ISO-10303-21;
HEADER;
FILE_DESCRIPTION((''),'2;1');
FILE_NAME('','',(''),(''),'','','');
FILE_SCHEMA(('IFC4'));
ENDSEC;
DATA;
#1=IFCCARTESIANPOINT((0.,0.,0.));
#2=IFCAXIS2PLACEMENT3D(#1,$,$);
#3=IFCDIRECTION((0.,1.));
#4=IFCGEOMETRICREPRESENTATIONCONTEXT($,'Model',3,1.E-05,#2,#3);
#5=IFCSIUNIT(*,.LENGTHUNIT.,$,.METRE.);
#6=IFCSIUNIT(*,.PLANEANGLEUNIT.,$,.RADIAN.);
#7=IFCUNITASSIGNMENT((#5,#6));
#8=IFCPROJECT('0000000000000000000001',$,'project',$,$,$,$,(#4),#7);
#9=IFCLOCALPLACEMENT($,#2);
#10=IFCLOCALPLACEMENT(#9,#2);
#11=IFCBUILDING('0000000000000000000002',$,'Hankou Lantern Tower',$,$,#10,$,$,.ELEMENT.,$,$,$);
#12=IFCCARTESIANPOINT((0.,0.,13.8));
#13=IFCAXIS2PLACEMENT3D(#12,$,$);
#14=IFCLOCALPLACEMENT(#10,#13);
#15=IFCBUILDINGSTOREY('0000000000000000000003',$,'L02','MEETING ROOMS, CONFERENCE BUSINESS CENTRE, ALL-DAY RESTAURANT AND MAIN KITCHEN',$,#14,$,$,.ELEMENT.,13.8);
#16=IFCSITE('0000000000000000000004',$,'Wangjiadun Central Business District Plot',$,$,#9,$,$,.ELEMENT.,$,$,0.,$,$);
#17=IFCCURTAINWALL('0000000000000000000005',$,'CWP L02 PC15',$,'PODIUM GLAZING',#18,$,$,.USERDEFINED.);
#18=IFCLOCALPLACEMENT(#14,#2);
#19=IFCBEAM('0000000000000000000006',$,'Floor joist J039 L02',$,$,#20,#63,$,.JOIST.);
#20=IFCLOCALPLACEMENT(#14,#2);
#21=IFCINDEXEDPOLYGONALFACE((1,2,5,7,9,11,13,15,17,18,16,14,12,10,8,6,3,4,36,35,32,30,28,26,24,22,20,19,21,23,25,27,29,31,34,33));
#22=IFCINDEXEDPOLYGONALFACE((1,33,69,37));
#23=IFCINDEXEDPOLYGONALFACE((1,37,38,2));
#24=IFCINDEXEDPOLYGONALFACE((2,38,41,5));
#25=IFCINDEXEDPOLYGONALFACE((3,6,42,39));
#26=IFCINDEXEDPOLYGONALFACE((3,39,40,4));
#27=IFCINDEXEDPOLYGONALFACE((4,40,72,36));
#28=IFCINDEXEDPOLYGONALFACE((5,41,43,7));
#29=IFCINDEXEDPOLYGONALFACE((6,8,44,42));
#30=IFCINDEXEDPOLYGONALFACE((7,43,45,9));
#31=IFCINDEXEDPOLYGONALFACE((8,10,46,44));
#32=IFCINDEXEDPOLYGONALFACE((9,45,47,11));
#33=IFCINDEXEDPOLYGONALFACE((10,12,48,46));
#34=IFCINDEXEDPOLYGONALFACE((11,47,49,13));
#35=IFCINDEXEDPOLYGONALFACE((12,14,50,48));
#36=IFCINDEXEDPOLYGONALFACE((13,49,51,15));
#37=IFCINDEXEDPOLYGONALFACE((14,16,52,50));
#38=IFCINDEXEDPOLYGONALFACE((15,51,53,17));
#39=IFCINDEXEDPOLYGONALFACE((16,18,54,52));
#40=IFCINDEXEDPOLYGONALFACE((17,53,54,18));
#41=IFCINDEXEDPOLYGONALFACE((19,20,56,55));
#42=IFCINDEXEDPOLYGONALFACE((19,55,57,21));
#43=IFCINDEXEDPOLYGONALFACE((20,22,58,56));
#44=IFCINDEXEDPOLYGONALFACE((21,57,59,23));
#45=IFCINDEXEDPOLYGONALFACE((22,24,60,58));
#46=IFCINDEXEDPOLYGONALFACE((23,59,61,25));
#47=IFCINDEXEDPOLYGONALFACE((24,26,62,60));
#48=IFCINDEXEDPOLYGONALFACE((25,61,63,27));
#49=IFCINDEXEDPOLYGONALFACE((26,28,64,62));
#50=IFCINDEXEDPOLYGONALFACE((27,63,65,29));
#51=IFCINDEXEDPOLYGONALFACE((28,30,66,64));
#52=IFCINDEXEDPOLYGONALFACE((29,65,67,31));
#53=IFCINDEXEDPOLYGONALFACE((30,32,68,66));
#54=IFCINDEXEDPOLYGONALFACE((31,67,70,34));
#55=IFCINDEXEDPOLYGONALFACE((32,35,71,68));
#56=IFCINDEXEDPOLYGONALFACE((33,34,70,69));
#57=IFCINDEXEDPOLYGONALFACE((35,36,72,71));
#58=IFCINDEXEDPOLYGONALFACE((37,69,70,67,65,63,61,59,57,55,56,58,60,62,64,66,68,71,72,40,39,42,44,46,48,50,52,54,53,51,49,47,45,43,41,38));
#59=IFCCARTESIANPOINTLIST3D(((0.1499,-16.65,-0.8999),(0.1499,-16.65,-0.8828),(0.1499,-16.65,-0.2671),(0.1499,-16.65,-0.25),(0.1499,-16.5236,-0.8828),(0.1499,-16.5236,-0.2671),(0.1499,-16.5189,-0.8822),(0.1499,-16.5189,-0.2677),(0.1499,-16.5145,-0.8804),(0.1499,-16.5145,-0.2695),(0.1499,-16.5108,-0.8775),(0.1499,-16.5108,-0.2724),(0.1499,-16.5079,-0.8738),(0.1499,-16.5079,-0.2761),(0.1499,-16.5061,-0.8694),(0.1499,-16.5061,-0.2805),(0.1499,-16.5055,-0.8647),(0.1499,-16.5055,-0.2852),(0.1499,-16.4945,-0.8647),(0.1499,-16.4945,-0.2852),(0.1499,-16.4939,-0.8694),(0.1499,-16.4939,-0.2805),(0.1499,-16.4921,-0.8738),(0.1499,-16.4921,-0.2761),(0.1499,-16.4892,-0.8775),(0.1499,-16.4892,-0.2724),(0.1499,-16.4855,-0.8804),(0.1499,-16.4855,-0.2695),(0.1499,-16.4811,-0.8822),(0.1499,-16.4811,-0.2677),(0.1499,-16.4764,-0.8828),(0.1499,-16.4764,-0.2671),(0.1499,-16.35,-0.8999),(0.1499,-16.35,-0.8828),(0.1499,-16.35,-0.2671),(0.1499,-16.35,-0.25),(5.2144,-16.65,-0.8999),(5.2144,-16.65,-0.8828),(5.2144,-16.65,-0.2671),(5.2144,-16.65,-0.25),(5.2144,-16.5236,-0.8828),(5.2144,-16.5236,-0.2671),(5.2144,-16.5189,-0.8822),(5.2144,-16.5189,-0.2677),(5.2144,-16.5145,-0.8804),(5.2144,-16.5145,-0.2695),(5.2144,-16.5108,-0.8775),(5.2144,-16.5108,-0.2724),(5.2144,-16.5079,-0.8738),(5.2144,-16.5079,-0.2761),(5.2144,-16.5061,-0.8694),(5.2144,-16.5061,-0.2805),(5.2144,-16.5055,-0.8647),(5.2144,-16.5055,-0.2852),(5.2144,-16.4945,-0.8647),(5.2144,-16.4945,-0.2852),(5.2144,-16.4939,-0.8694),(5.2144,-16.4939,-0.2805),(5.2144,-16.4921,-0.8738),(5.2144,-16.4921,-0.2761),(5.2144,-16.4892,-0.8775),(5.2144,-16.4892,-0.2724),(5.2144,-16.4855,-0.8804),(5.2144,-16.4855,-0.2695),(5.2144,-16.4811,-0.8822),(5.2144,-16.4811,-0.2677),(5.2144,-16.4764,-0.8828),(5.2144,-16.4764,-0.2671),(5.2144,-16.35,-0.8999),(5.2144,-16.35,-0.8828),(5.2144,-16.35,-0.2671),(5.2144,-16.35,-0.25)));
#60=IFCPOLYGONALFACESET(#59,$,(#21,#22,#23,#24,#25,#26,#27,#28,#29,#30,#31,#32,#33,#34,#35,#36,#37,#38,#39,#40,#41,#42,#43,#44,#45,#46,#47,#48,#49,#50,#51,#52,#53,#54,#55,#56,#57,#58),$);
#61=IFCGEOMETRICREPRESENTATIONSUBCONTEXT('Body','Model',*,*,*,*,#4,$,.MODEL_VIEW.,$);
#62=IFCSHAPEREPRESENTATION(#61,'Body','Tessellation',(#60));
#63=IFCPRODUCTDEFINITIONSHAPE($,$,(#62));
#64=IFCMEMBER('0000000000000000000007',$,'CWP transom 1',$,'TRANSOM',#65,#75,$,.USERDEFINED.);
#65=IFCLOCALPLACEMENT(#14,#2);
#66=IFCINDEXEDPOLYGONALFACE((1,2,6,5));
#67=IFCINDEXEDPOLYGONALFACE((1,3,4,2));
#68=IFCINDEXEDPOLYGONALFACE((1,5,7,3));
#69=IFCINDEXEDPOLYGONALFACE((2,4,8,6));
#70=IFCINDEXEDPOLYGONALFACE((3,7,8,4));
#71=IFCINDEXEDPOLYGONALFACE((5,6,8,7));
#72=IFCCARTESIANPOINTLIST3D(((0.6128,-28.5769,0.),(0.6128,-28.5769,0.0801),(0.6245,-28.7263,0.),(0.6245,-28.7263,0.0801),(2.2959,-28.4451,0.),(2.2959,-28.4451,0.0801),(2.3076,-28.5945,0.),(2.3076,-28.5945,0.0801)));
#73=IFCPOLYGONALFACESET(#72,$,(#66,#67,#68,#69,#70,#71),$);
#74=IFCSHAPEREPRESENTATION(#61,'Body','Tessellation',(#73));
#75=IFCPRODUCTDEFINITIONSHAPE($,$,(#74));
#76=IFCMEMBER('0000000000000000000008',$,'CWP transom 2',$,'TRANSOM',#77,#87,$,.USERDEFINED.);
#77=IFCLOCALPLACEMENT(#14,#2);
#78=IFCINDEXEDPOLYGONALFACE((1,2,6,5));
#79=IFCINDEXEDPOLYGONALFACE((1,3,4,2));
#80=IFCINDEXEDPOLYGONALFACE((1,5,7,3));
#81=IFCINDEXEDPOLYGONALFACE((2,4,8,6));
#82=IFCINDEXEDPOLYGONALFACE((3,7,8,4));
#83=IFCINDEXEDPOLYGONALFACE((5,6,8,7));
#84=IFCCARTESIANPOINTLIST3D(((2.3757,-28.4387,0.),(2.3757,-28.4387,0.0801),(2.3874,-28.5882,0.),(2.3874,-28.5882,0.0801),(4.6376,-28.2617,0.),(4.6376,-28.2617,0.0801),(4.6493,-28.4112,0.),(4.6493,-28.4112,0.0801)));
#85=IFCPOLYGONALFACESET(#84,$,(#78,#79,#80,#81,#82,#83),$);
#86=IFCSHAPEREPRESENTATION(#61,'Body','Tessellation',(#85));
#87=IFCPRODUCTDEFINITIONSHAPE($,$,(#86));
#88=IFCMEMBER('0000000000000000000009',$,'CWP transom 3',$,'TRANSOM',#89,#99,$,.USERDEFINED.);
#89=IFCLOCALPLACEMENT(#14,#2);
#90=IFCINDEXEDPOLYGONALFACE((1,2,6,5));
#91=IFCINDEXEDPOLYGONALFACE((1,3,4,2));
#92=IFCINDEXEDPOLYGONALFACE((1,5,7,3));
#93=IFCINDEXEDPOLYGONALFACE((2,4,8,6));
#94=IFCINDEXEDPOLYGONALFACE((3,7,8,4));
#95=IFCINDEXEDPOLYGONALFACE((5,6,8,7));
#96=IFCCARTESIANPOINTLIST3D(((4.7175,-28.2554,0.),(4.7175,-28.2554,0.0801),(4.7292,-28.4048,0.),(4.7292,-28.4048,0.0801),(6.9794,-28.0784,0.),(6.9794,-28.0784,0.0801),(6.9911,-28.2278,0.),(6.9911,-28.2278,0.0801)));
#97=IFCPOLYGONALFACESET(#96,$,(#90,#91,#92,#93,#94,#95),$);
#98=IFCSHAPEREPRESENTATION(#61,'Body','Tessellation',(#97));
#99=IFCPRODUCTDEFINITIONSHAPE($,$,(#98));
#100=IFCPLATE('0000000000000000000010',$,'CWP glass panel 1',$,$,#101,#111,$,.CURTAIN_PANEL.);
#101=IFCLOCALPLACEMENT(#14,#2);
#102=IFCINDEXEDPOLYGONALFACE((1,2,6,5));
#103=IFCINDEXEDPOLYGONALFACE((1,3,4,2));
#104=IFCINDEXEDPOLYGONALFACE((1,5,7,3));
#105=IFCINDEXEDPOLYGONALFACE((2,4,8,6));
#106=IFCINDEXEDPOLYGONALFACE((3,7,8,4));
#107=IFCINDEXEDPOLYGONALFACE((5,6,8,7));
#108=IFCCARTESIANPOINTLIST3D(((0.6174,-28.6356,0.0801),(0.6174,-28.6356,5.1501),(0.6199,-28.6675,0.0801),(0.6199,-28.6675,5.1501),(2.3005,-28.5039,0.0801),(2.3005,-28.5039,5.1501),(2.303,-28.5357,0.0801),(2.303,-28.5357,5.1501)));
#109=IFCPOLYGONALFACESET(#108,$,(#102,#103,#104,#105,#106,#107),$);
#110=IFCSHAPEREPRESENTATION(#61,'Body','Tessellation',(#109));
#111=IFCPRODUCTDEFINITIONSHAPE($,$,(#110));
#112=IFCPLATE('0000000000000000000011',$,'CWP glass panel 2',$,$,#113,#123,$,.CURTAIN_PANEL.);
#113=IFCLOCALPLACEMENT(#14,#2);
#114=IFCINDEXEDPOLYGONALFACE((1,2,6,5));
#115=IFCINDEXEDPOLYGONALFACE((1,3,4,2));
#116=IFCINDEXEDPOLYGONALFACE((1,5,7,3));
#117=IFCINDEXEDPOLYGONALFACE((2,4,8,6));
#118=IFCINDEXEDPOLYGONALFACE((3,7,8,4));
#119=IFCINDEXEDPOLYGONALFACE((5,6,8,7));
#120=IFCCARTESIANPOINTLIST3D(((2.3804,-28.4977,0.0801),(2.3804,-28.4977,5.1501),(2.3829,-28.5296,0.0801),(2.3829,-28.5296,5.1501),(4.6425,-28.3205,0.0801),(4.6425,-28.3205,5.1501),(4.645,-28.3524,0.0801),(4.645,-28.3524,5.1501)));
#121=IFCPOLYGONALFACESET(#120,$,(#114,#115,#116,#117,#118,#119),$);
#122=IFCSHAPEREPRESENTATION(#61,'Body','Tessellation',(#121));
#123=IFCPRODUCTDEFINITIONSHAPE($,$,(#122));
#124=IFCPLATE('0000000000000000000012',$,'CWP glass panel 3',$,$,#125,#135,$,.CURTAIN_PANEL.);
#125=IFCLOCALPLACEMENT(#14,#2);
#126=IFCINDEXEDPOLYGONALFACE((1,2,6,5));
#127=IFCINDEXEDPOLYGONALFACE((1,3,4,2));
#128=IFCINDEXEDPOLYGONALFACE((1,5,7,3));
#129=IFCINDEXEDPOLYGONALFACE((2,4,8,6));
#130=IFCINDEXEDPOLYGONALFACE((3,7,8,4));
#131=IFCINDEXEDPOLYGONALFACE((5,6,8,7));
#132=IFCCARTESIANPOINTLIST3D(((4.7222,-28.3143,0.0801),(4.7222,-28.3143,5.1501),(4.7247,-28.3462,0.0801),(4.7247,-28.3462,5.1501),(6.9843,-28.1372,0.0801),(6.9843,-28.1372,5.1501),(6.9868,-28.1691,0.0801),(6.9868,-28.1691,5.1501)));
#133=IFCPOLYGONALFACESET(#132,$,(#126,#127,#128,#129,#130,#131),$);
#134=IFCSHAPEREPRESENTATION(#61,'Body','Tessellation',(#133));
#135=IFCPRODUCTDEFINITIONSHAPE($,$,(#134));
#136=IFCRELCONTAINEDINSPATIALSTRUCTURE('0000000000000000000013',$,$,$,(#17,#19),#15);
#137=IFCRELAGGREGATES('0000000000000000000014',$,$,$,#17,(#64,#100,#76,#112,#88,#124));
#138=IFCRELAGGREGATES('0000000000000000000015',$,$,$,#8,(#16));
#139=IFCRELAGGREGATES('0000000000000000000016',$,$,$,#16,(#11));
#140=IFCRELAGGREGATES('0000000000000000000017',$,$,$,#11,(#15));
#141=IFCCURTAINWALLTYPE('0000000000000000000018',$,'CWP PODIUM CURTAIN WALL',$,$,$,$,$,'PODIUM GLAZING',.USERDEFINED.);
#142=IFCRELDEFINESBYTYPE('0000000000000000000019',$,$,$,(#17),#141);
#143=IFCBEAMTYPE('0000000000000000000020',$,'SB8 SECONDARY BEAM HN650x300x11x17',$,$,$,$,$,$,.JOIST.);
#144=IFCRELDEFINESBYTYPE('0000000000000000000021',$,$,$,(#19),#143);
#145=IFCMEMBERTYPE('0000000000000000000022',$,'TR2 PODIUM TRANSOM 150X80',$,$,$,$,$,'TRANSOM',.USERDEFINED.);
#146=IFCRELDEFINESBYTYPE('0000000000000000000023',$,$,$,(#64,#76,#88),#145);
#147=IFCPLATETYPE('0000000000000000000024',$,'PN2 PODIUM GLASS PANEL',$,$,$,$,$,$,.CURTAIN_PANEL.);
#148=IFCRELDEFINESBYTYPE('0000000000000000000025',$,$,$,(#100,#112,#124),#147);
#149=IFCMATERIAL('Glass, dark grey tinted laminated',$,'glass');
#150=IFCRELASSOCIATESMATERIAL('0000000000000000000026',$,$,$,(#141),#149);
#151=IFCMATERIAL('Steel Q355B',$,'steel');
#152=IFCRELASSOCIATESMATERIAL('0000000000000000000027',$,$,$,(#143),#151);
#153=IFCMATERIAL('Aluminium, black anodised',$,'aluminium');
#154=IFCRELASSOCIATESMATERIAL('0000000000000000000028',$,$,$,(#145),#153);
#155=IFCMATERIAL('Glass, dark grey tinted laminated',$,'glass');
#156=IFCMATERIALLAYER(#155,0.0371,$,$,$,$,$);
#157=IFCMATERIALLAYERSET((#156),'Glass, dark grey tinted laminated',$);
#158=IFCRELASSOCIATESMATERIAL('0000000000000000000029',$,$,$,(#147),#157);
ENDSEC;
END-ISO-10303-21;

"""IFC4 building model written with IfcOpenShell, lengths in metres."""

from ifc_helpers import new_model, si_unit, direction, frame, origin, origin_2d, place, context, subcontext, project, spatial, rectangle, i_section, extrude, material, layer, layer_set, material_profile, profile_set, type_object, element, aggregate, save


model = new_model("IFC4")

# Units and contexts
model_context = context("Model", 3, precision=1e-05, world=origin(), true_north=direction((0.0, 1.0)))
body_context = subcontext(model_context, "Body", "Model", "MODEL_VIEW")
ifc_project = project(units=[si_unit("LENGTHUNIT", "METRE"), si_unit("PLANEANGLEUNIT", "RADIAN")], contexts=[model_context])

# Site, building, storey
site_placement = place(None, origin())
site = spatial("IfcSite", under=ifc_project, at=site_placement, Name="Wangjiadun Central Business District Plot", CompositionType="ELEMENT", RefElevation=0.0)
building_placement = place(site_placement, origin())
building = spatial("IfcBuilding", under=site, at=building_placement, Name="Hankou Lantern Tower", CompositionType="ELEMENT")
storey_placement = place(building_placement, frame((0.0, 0.0, 13.8)))
storey = spatial("IfcBuildingStorey", under=building, at=storey_placement, Name="L02", Description="MEETING ROOMS, CONFERENCE BUSINESS CENTRE, ALL-DAY RESTAURANT AND MAIN KITCHEN", CompositionType="ELEMENT", Elevation=13.8)

# Curtain wall
ifc_material_1 = material(Name="Glass, dark grey tinted laminated", Category="glass")
curtain_wall_type = type_object("IfcCurtainWallType", Name="CWP PODIUM CURTAIN WALL", ElementType="PODIUM GLAZING", PredefinedType="USERDEFINED", material=ifc_material_1)
curtain_wall_placement = place(storey_placement, origin())
curtain_wall = element("IfcCurtainWall", 1, at=curtain_wall_placement, inside=storey, type_object=curtain_wall_type, Name="CWP L02 PC15", ObjectType="PODIUM GLAZING", PredefinedType="USERDEFINED")

# Beam
ifc_material_2 = material(Name="Steel Q355B", Category="steel")
ifc_material_profile_1 = material_profile(ifc_material_2, i_section(OverallWidth=0.3, OverallDepth=0.6499, WebThickness=0.011, FlangeThickness=0.0171, FilletRadius=0.0181, at=origin_2d()), Name="HN650x300x11x17")
ifc_profile_set_1 = profile_set([ifc_material_profile_1], Name="Steel Q355B")
beam_type_1 = type_object("IfcBeamType", Name="SB8 SECONDARY BEAM HN650x300x11x17", PredefinedType="JOIST", material=ifc_profile_set_1)
beam_1_placement = place(storey_placement, frame((0.1499, -16.5, -0.575), z_axis=(1.0, 0.0, 0.0), x_axis=(0.0, 1.0, 0.0)))
element("IfcBeam", 2, at=beam_1_placement, inside=storey, type_object=beam_type_1, Name="Floor joist J039 L02", PredefinedType="JOIST", context=body_context, shape_type="SweptSolid", body=[
    extrude(i_section(OverallWidth=0.3, OverallDepth=0.6499, WebThickness=0.011, FlangeThickness=0.0171, FilletRadius=0.0181, at=origin_2d()), origin(), (0.0, 0.0, 1.0), 5.0645),
])

# Members
ifc_material_3 = material(Name="Aluminium, black anodised", Category="aluminium")
ifc_material_profile_2 = material_profile(ifc_material_3, rectangle(XDim=0.1499, YDim=0.0801, at=origin_2d()), Name="TR2 150X80")
ifc_profile_set_2 = profile_set([ifc_material_profile_2], Name="Aluminium, black anodised")
member_type_1 = type_object("IfcMemberType", Name="TR2 PODIUM TRANSOM 150X80", ElementType="TRANSOM", PredefinedType="USERDEFINED", material=ifc_profile_set_2)
member_1_placement = place(storey_placement, frame((0.6187, -28.6516, 0.04), z_axis=(0.996946, 0.07809, 0.0), x_axis=(-0.07809, 0.996946, 0.0)))
member_1 = element("IfcMember", 3, at=member_1_placement, type_object=member_type_1, Name="CWP transom 1", ObjectType="TRANSOM", PredefinedType="USERDEFINED", context=body_context, shape_type="SweptSolid", body=[
    extrude(rectangle(XDim=0.1499, YDim=0.0801, at=origin_2d()), origin(), (0.0, 0.0, 1.0), 1.6882),
])
member_2_placement = place(storey_placement, frame((2.3816, -28.5134, 0.04), z_axis=(0.996952, 0.078013, 0.0), x_axis=(-0.078013, 0.996952, 0.0)))
member_2 = element("IfcMember", 4, at=member_2_placement, type_object=member_type_1, Name="CWP transom 2", ObjectType="TRANSOM", PredefinedType="USERDEFINED", context=body_context, shape_type="SweptSolid", body=[
    extrude(rectangle(XDim=0.1499, YDim=0.0801, at=origin_2d()), origin(), (0.0, 0.0, 1.0), 2.2688),
])
member_3_placement = place(storey_placement, frame((4.7234, -28.3301, 0.04), z_axis=(0.996952, 0.078013, 0.0), x_axis=(-0.078013, 0.996952, 0.0)))
member_3 = element("IfcMember", 5, at=member_3_placement, type_object=member_type_1, Name="CWP transom 3", ObjectType="TRANSOM", PredefinedType="USERDEFINED", context=body_context, shape_type="SweptSolid", body=[
    extrude(rectangle(XDim=0.1499, YDim=0.0801, at=origin_2d()), origin(), (0.0, 0.0, 1.0), 2.2688),
])

# Plates
ifc_material_4 = material(Name="Glass, dark grey tinted laminated", Category="glass")
ifc_layer = layer(ifc_material_4, 0.0371)
ifc_layer_set = layer_set([ifc_layer], Name="Glass, dark grey tinted laminated")
plate_type = type_object("IfcPlateType", Name="PN2 PODIUM GLASS PANEL", PredefinedType="CURTAIN_PANEL", material=ifc_layer_set)
plate_1_placement = place(storey_placement, frame((1.4602, -28.5857, 0.0801), z_axis=(0.0, 0.0, 1.0), x_axis=(0.996949, 0.078062, 0.0)))
plate_1 = element("IfcPlate", 6, at=plate_1_placement, type_object=plate_type, Name="CWP glass panel 1", PredefinedType="CURTAIN_PANEL", context=body_context, shape_type="SweptSolid", body=[
    extrude(rectangle(XDim=1.6882, YDim=0.032, at=origin_2d()), origin(), (0.0, 0.0, 1.0), 5.0701),
])
plate_2_placement = place(storey_placement, frame((3.5127, -28.425, 0.0801), z_axis=(0.0, 0.0, 1.0), x_axis=(0.996949, 0.078062, 0.0)))
plate_2 = element("IfcPlate", 7, at=plate_2_placement, type_object=plate_type, Name="CWP glass panel 2", PredefinedType="CURTAIN_PANEL", context=body_context, shape_type="SweptSolid", body=[
    extrude(rectangle(XDim=2.269, YDim=0.032, at=origin_2d()), origin(), (0.0, 0.0, 1.0), 5.0701),
])
plate_3_placement = place(storey_placement, frame((5.8545, -28.2417, 0.0801), z_axis=(0.0, 0.0, 1.0), x_axis=(0.996949, 0.078062, 0.0)))
plate_3 = element("IfcPlate", 8, at=plate_3_placement, type_object=plate_type, Name="CWP glass panel 3", PredefinedType="CURTAIN_PANEL", context=body_context, shape_type="SweptSolid", body=[
    extrude(rectangle(XDim=2.269, YDim=0.032, at=origin_2d()), origin(), (0.0, 0.0, 1.0), 5.0701),
])
aggregate(curtain_wall, [member_1, plate_1, member_2, plate_2, member_3, plate_3])

save(model, "model.ifc")
